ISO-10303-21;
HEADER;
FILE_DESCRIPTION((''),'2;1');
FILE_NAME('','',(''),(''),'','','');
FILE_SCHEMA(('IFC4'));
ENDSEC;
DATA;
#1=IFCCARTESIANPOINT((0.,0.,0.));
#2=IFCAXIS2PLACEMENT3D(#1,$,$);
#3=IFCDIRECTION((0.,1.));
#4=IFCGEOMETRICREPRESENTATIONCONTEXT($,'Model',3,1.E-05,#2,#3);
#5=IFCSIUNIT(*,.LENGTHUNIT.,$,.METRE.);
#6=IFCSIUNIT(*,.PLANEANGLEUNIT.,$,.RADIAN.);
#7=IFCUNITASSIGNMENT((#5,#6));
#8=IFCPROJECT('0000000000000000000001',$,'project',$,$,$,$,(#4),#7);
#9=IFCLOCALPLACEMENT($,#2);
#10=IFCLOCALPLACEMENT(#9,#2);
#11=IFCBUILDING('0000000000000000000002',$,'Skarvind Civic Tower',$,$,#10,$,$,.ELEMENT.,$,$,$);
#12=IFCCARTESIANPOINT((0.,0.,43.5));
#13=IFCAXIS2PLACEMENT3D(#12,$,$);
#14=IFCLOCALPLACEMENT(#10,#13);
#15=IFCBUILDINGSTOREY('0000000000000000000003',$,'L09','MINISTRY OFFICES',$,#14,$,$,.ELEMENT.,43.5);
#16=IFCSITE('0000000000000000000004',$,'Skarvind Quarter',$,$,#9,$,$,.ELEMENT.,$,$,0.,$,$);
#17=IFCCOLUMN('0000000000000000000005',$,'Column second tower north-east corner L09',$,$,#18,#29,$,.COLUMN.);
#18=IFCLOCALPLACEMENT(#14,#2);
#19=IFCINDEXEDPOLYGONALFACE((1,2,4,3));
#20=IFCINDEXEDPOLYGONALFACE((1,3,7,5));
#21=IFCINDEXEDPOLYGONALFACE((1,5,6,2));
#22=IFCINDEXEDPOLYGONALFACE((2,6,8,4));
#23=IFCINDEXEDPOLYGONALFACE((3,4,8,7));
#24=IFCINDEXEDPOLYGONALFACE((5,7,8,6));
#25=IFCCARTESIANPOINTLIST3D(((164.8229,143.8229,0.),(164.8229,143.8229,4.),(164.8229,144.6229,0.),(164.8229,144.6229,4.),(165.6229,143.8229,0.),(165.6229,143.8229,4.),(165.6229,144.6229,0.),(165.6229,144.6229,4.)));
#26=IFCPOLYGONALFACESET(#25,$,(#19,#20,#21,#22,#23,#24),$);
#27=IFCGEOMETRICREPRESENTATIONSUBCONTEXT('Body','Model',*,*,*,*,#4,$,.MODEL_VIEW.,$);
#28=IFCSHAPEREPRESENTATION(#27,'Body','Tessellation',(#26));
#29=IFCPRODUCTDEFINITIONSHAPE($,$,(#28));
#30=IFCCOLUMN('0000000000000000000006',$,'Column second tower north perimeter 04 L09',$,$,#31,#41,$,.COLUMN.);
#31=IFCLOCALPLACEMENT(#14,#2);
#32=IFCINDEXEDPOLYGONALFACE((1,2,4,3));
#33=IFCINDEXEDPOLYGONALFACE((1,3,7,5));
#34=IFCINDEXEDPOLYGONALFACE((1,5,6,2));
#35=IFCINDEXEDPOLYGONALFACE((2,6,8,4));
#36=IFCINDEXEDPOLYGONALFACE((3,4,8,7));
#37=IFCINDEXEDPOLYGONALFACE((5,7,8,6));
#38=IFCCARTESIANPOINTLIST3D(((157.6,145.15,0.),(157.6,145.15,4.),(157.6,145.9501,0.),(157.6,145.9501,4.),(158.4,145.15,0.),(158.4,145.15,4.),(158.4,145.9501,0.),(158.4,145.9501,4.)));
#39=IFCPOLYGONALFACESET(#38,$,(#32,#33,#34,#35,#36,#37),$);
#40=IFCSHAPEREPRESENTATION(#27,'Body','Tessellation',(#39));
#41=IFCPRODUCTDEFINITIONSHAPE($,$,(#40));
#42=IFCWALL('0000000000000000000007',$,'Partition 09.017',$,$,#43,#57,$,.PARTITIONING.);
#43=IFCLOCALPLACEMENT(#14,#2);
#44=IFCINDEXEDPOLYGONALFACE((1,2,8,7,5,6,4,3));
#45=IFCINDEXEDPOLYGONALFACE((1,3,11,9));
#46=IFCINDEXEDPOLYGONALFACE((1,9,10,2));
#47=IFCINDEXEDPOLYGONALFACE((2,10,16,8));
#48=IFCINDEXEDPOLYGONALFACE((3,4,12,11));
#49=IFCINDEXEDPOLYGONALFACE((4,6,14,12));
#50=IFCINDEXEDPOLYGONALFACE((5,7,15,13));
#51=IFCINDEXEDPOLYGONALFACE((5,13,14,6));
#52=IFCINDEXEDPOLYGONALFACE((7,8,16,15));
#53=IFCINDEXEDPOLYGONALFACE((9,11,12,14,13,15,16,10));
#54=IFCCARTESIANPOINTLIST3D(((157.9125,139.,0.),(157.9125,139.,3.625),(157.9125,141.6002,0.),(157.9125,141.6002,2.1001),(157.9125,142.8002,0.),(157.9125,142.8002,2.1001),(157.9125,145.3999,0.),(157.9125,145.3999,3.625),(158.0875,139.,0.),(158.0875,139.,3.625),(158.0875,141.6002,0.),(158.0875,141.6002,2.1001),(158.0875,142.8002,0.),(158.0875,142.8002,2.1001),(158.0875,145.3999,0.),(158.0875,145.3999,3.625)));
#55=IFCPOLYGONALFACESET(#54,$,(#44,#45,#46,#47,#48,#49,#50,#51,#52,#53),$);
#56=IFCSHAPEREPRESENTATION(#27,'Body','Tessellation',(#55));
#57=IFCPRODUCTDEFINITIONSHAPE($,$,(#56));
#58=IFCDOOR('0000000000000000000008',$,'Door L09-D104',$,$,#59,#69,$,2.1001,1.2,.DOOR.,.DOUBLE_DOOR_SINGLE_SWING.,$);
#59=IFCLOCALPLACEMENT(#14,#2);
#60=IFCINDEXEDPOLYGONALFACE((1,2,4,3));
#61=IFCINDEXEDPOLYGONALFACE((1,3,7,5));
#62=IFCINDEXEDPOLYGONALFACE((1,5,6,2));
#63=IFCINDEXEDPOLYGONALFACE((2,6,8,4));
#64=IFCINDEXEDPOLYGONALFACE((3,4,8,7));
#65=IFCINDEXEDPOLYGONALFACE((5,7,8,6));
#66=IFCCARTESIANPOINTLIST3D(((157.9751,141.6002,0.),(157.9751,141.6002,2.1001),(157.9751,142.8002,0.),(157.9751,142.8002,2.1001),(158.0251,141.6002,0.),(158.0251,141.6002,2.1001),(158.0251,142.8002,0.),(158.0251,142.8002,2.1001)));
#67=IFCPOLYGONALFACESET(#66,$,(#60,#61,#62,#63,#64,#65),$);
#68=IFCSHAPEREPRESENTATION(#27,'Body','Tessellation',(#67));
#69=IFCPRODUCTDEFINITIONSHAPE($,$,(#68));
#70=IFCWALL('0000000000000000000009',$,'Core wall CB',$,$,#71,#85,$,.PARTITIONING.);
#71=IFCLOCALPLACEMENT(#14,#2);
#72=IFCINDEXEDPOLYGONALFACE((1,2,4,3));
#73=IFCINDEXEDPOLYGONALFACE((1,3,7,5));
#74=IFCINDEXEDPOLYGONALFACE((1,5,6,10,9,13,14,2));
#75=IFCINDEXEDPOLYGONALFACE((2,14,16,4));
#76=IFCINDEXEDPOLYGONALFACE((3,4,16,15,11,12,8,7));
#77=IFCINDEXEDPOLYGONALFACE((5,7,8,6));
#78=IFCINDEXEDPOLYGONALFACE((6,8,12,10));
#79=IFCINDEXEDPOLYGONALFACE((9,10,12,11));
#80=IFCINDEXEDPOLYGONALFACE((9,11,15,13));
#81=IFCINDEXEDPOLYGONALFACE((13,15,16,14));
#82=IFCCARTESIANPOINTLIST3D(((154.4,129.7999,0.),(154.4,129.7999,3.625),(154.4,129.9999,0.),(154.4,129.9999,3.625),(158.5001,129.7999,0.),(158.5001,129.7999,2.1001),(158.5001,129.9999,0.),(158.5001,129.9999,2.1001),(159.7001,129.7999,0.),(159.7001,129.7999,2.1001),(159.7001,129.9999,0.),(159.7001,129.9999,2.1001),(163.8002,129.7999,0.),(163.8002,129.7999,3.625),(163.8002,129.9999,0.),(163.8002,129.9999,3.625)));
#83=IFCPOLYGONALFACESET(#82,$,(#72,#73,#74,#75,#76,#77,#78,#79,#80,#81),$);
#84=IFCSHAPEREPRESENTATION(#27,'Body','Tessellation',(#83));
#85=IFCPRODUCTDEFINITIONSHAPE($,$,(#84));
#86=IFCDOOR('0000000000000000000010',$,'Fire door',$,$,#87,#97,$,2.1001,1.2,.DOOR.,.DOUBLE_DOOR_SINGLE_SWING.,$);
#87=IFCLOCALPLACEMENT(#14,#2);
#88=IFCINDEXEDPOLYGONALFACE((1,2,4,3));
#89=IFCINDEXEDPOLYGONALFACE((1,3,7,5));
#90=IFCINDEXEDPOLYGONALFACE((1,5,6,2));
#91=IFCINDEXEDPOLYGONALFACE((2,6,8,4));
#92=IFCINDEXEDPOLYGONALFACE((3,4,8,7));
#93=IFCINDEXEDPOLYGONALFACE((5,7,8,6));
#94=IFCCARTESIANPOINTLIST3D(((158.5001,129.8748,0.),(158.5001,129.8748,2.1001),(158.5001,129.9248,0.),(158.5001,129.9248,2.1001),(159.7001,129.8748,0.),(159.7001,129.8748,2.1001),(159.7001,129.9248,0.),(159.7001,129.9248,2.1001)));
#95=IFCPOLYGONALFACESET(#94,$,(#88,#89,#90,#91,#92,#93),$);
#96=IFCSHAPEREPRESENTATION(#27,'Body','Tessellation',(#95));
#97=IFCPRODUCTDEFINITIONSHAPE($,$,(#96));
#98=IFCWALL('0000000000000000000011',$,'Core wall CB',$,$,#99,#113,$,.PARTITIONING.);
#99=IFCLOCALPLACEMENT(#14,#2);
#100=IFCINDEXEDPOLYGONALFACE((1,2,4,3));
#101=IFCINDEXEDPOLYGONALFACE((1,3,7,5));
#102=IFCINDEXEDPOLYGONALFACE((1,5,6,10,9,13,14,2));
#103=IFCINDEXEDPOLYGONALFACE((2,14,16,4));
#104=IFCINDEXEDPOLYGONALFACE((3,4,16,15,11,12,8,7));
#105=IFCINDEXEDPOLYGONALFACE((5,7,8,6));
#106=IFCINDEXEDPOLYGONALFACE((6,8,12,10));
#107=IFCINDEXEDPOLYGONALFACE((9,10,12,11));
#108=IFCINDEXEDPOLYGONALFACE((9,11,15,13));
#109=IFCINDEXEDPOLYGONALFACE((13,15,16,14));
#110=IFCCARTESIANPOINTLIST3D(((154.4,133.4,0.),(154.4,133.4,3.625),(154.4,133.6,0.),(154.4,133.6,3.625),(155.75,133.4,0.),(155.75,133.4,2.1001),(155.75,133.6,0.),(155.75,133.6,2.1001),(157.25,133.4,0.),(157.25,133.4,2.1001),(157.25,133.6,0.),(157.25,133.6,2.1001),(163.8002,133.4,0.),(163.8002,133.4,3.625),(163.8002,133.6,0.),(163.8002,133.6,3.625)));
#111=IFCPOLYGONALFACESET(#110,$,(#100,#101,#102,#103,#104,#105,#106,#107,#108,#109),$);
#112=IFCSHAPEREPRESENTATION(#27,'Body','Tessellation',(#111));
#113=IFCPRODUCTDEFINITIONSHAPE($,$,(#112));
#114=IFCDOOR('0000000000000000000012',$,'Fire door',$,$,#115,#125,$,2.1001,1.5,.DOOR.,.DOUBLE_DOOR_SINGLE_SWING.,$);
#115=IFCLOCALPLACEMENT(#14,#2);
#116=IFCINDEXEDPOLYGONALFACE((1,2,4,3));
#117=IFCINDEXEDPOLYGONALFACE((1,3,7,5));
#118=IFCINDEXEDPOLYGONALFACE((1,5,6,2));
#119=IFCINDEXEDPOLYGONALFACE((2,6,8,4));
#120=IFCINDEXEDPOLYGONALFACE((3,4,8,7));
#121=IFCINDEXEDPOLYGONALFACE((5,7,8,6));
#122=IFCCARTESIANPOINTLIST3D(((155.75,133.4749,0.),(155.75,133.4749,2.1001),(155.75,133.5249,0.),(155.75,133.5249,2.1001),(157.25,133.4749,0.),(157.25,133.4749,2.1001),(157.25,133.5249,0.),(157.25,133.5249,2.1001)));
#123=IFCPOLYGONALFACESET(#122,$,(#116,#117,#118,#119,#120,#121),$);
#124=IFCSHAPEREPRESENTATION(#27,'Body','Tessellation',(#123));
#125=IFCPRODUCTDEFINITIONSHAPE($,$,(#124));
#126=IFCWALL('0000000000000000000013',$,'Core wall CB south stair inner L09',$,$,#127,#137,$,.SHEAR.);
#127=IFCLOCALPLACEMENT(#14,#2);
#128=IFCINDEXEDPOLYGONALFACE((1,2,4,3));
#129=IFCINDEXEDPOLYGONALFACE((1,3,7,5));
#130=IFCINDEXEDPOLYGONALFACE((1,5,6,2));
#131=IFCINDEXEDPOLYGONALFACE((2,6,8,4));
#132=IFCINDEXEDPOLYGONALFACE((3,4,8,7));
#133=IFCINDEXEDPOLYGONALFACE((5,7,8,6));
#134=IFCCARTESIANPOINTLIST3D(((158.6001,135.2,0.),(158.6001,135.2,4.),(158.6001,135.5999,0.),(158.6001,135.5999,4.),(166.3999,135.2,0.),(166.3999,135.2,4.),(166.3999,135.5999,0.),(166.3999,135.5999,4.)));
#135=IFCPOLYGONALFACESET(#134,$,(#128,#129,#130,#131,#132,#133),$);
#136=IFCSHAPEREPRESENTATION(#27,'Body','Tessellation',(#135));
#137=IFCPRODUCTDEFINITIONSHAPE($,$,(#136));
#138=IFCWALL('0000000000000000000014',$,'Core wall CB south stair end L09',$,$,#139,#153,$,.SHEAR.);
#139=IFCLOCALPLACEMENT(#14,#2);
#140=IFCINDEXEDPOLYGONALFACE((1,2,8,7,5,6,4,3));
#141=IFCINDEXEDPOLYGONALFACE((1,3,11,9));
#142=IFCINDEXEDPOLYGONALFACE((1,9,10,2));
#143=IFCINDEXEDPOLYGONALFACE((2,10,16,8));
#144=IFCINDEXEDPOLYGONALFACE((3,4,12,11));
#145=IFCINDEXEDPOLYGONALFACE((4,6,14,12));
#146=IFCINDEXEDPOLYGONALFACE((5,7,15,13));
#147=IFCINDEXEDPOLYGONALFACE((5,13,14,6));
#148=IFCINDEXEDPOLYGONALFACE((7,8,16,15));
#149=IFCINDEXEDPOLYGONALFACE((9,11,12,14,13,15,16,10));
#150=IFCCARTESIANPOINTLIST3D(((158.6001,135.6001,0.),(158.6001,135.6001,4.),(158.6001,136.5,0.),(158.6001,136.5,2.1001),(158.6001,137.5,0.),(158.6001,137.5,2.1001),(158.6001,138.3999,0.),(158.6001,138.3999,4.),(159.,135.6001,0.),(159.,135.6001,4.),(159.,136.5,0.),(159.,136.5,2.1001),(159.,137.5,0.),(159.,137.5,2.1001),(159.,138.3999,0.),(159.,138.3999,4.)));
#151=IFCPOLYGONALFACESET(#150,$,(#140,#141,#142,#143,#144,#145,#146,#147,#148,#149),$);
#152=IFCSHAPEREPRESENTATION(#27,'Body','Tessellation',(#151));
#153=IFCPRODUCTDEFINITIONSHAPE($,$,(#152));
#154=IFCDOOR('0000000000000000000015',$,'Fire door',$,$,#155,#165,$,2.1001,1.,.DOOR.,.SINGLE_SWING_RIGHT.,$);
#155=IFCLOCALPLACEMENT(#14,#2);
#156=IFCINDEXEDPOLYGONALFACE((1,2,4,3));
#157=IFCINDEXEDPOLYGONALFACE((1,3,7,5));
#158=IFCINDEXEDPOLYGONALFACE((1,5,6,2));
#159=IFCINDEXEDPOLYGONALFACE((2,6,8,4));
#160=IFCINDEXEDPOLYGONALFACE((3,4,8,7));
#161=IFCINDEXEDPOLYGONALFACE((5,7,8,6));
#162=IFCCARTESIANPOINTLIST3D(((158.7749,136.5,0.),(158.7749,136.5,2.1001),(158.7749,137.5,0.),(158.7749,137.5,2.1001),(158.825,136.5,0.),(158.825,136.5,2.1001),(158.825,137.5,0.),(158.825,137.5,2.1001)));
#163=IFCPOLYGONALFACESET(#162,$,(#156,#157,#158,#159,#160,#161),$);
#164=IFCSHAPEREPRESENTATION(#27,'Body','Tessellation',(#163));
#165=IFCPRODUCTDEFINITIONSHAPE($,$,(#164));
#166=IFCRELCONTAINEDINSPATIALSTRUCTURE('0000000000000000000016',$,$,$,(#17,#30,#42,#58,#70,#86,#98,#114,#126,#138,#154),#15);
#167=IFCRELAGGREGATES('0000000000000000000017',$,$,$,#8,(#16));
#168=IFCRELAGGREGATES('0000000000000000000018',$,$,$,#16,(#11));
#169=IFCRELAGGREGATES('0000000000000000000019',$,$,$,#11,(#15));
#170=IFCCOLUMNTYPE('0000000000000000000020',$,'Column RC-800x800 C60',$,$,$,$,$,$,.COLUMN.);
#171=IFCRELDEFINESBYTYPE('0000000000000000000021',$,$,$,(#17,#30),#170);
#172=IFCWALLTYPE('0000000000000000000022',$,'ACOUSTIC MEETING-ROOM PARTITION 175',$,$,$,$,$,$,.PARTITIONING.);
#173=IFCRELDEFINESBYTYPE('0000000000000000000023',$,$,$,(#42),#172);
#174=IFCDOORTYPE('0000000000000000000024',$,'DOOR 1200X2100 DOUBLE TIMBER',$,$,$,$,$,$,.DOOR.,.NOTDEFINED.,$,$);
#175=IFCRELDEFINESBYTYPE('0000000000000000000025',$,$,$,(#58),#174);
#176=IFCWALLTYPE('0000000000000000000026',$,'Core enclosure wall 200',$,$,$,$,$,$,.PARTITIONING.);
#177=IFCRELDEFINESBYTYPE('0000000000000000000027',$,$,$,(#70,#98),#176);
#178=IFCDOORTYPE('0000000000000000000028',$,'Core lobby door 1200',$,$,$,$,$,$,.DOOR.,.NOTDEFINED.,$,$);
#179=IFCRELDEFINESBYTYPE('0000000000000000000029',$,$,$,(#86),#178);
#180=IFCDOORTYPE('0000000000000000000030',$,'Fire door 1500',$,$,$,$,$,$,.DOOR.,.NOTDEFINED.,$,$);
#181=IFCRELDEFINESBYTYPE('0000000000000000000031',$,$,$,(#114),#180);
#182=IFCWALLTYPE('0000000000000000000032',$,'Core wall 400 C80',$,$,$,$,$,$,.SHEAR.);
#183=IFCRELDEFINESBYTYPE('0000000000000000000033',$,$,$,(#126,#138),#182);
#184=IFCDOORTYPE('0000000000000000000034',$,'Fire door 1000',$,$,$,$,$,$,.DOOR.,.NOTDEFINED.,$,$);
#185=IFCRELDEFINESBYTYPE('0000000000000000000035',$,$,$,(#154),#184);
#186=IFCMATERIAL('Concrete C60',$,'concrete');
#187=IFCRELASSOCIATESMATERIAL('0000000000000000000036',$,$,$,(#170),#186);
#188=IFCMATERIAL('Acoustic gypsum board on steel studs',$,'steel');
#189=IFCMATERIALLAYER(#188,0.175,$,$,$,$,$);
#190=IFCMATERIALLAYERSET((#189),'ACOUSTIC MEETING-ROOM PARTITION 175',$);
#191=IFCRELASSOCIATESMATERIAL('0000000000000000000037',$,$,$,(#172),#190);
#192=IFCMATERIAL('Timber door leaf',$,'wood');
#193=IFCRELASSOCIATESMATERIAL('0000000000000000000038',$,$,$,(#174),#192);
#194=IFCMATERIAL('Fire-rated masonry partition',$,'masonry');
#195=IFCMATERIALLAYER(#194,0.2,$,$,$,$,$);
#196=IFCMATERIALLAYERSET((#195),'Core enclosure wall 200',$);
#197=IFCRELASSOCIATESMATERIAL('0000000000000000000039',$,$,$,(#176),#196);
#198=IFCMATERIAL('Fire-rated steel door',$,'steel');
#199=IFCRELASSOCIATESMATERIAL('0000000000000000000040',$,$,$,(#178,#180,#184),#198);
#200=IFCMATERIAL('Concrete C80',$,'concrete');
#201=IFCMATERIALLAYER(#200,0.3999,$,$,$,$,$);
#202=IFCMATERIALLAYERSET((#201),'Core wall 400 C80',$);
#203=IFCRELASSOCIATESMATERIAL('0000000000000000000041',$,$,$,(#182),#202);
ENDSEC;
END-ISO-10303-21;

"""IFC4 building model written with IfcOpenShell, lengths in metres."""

from ifc_helpers import new_model, si_unit, direction, frame, frame_2d, origin, origin_2d, place, context, subcontext, project, spatial, rectangle, extrude, material, layer, layer_set, material_profile, profile_set, type_object, element, fill, save


model = new_model("IFC4")

# Units and contexts
model_context = context("Model", 3, precision=1e-05, world=origin(), true_north=direction((0.0, 1.0)))
body_context = subcontext(model_context, "Body", "Model", "MODEL_VIEW")
ifc_project = project(units=[si_unit("LENGTHUNIT", "METRE"), si_unit("PLANEANGLEUNIT", "RADIAN")], contexts=[model_context])

# Site, building, storey
site_placement = place(None, origin())
site = spatial("IfcSite", under=ifc_project, at=site_placement, Name="Skarvind Quarter", CompositionType="ELEMENT", RefElevation=0.0)
building_placement = place(site_placement, origin())
building = spatial("IfcBuilding", under=site, at=building_placement, Name="Skarvind Civic Tower", CompositionType="ELEMENT")
storey_placement = place(building_placement, frame((0.0, 0.0, 43.5)))
storey = spatial("IfcBuildingStorey", under=building, at=storey_placement, Name="L09", Description="MINISTRY OFFICES", CompositionType="ELEMENT", Elevation=43.5)

# Columns
ifc_material_1 = material(Name="Concrete C60", Category="concrete")
ifc_material_profile = material_profile(ifc_material_1, rectangle(XDim=0.8, YDim=0.8, at=origin_2d()), Name="RC-800x800")
ifc_profile_set = profile_set([ifc_material_profile], Name="Concrete C60")
column_type = type_object("IfcColumnType", Name="Column RC-800x800 C60", PredefinedType="COLUMN", material=ifc_profile_set)
for number, where, z_axis, x_axis, name in (
    (1, (165.2229, 144.2229, 0.0), (0.0, 0.0, 1.0), (1.0, 0.0, 0.0), "Column second tower north-east corner L09"),
    (2, (158.0, 145.55, 0.0), (0.0, 0.0, 1.0), (1.0, 0.0, 0.0), "Column second tower north perimeter 04 L09"),
):
    element("IfcColumn", number, at=place(storey_placement, frame(where, z_axis=z_axis, x_axis=x_axis)), inside=storey, type_object=column_type, Name=name, PredefinedType="COLUMN", context=body_context, shape_type="SweptSolid", body=[
        extrude(rectangle(XDim=0.8, YDim=0.8, at=origin_2d()), origin(), (0.0, 0.0, 1.0), 4.0),
    ])

# Walls, openings, doors
ifc_material_2 = material(Name="Acoustic gypsum board on steel studs", Category="steel")
ifc_layer_1 = layer(ifc_material_2, 0.175)
ifc_layer_set_1 = layer_set([ifc_layer_1], Name="ACOUSTIC MEETING-ROOM PARTITION 175")
wall_type_1 = type_object("IfcWallType", Name="ACOUSTIC MEETING-ROOM PARTITION 175", PredefinedType="PARTITIONING", material=ifc_layer_set_1)
wall_1_placement = place(storey_placement, frame((158.0, 139.0, 0.0), z_axis=(0.0, 0.0, 1.0), x_axis=(0.0, 1.0, 0.0)))
wall_1 = element("IfcWall", 3, at=wall_1_placement, inside=storey, type_object=wall_type_1, Name="Partition 09.017", PredefinedType="PARTITIONING", context=body_context, shape_type="SweptSolid", body=[
    extrude(rectangle(XDim=6.3999, YDim=0.175, at=frame_2d((3.2, 0.0))), origin(), (0.0, 0.0, 1.0), 3.625),
])
opening_1_placement = place(wall_1_placement, frame((2.6001, 0.0, 0.0)))
opening_1 = element("IfcOpeningElement", 4, at=opening_1_placement, cuts=wall_1, PredefinedType="OPENING", context=body_context, shape_type="SweptSolid", body=[
    extrude(rectangle(XDim=1.2, YDim=2.1001, at=frame_2d((0.6001, 1.05))), frame((0.0, 0.0974, 0.0), z_axis=(0.0, -1.0, 0.0), x_axis=(1.0, 0.0, 0.0)), (0.0, 0.0, 1.0), 0.1951),
])
ifc_material_3 = material(Name="Timber door leaf", Category="wood")
door_type_1 = type_object("IfcDoorType", Name="DOOR 1200X2100 DOUBLE TIMBER", OperationType="NOTDEFINED", PredefinedType="DOOR", material=ifc_material_3)
door_1_placement = place(opening_1_placement, origin())
door_1 = element("IfcDoor", 5, at=door_1_placement, inside=storey, type_object=door_type_1, Name="Door L09-D104", OperationType="DOUBLE_DOOR_SINGLE_SWING", OverallHeight=2.1001, OverallWidth=1.2, PredefinedType="DOOR", context=body_context, shape_type="SweptSolid", body=[
    extrude(rectangle(XDim=1.2, YDim=2.1001, at=frame_2d((0.6001, 1.05))), frame((0.0, 0.0249, 0.0), z_axis=(0.0, -1.0, 0.0), x_axis=(1.0, 0.0, 0.0)), (0.0, 0.0, 1.0), 0.05),
])
fill(opening_1, door_1)
ifc_material_4 = material(Name="Fire-rated masonry partition", Category="masonry")
ifc_layer_2 = layer(ifc_material_4, 0.2)
ifc_layer_set_2 = layer_set([ifc_layer_2], Name="Core enclosure wall 200")
wall_type_2 = type_object("IfcWallType", Name="Core enclosure wall 200", PredefinedType="PARTITIONING", material=ifc_layer_set_2)
wall_2_placement = place(storey_placement, frame((154.3999, 129.8999, 0.0), z_axis=(0.0, 0.0, 1.0), x_axis=(1.0, 0.0, 0.0)))
wall_2 = element("IfcWall", 6, at=wall_2_placement, inside=storey, type_object=wall_type_2, Name="Core wall CB", PredefinedType="PARTITIONING", context=body_context, shape_type="SweptSolid", body=[
    extrude(rectangle(XDim=9.4001, YDim=0.2, at=frame_2d((4.7002, 0.0))), origin(), (0.0, 0.0, 1.0), 3.625),
])
opening_2_placement = place(wall_2_placement, frame((4.1001, 0.0, 0.0)))
opening_2 = element("IfcOpeningElement", 7, at=opening_2_placement, cuts=wall_2, PredefinedType="OPENING", context=body_context, shape_type="SweptSolid", body=[
    extrude(rectangle(XDim=1.2, YDim=2.1001, at=frame_2d((0.6001, 1.05))), frame((0.0, 0.1099, 0.0), z_axis=(0.0, -1.0, 0.0), x_axis=(1.0, 0.0, 0.0)), (0.0, 0.0, 1.0), 0.22),
])
ifc_material_5 = material(Name="Fire-rated steel door", Category="steel")
door_type_2 = type_object("IfcDoorType", Name="Core lobby door 1200", OperationType="NOTDEFINED", PredefinedType="DOOR", material=ifc_material_5)
door_2_placement = place(opening_2_placement, origin())
door_2 = element("IfcDoor", 8, at=door_2_placement, inside=storey, type_object=door_type_2, Name="Fire door", OperationType="DOUBLE_DOOR_SINGLE_SWING", OverallHeight=2.1001, OverallWidth=1.2, PredefinedType="DOOR", context=body_context, shape_type="SweptSolid", body=[
    extrude(rectangle(XDim=1.2, YDim=2.1001, at=frame_2d((0.6001, 1.05))), frame((0.0, 0.0249, 0.0), z_axis=(0.0, -1.0, 0.0), x_axis=(1.0, 0.0, 0.0)), (0.0, 0.0, 1.0), 0.05),
])
fill(opening_2, door_2)
wall_3_placement = place(storey_placement, frame((154.3999, 133.5, 0.0), z_axis=(0.0, 0.0, 1.0), x_axis=(1.0, 0.0, 0.0)))
wall_3 = element("IfcWall", 9, at=wall_3_placement, inside=storey, type_object=wall_type_2, Name="Core wall CB", PredefinedType="PARTITIONING", context=body_context, shape_type="SweptSolid", body=[
    extrude(rectangle(XDim=9.4001, YDim=0.2, at=frame_2d((4.7002, 0.0))), origin(), (0.0, 0.0, 1.0), 3.625),
])
opening_3_placement = place(wall_3_placement, frame((1.3501, 0.0, 0.0)))
opening_3 = element("IfcOpeningElement", 10, at=opening_3_placement, cuts=wall_3, PredefinedType="OPENING", context=body_context, shape_type="SweptSolid", body=[
    extrude(rectangle(XDim=1.5, YDim=2.1001, at=frame_2d((0.75, 1.05))), frame((0.0, 0.1099, 0.0), z_axis=(0.0, -1.0, 0.0), x_axis=(1.0, 0.0, 0.0)), (0.0, 0.0, 1.0), 0.22),
])
door_type_3 = type_object("IfcDoorType", Name="Fire door 1500", OperationType="NOTDEFINED", PredefinedType="DOOR", material=ifc_material_5)
door_3_placement = place(opening_3_placement, origin())
door_3 = element("IfcDoor", 11, at=door_3_placement, inside=storey, type_object=door_type_3, Name="Fire door", OperationType="DOUBLE_DOOR_SINGLE_SWING", OverallHeight=2.1001, OverallWidth=1.5, PredefinedType="DOOR", context=body_context, shape_type="SweptSolid", body=[
    extrude(rectangle(XDim=1.5, YDim=2.1001, at=frame_2d((0.75, 1.05))), frame((0.0, 0.0249, 0.0), z_axis=(0.0, -1.0, 0.0), x_axis=(1.0, 0.0, 0.0)), (0.0, 0.0, 1.0), 0.05),
])
fill(opening_3, door_3)

# Wall
ifc_material_6 = material(Name="Concrete C80", Category="concrete")
ifc_layer_3 = layer(ifc_material_6, 0.3999)
ifc_layer_set_3 = layer_set([ifc_layer_3], Name="Core wall 400 C80")
wall_type_3 = type_object("IfcWallType", Name="Core wall 400 C80", PredefinedType="SHEAR", material=ifc_layer_set_3)
wall_4_placement = place(storey_placement, frame((166.3999, 135.3999, 0.0), z_axis=(0.0, 0.0, 1.0), x_axis=(-1.0, 0.0, 0.0)))
element("IfcWall", 12, at=wall_4_placement, inside=storey, type_object=wall_type_3, Name="Core wall CB south stair inner L09", PredefinedType="SHEAR", context=body_context, shape_type="SweptSolid", body=[
    extrude(rectangle(XDim=7.7998, YDim=0.3999, at=frame_2d((3.8999, 0.0))), origin(), (0.0, 0.0, 1.0), 4.0),
])

# Wall, opening, door
wall_5_placement = place(storey_placement, frame((158.8, 138.3999, 0.0), z_axis=(0.0, 0.0, 1.0), x_axis=(0.0, -1.0, 0.0)))
wall_5 = element("IfcWall", 13, at=wall_5_placement, inside=storey, type_object=wall_type_3, Name="Core wall CB south stair end L09", PredefinedType="SHEAR", context=body_context, shape_type="SweptSolid", body=[
    extrude(rectangle(XDim=2.7998, YDim=0.3999, at=frame_2d((1.3999, 0.0))), origin(), (0.0, 0.0, 1.0), 4.0),
])
opening_4_placement = place(wall_5_placement, frame((0.8999, 0.0, 0.0)))
opening_4 = element("IfcOpeningElement", 14, at=opening_4_placement, cuts=wall_5, PredefinedType="OPENING", context=body_context, shape_type="SweptSolid", body=[
    extrude(rectangle(XDim=1.0, YDim=2.1001, at=frame_2d((0.5, 1.05))), frame((0.0, 0.21, 0.0), z_axis=(0.0, -1.0, 0.0), x_axis=(1.0, 0.0, 0.0)), (0.0, 0.0, 1.0), 0.4199),
])
door_type_4 = type_object("IfcDoorType", Name="Fire door 1000", OperationType="NOTDEFINED", PredefinedType="DOOR", material=ifc_material_5)
door_4_placement = place(opening_4_placement, origin())
door_4 = element("IfcDoor", 15, at=door_4_placement, inside=storey, type_object=door_type_4, Name="Fire door", OperationType="SINGLE_SWING_RIGHT", OverallHeight=2.1001, OverallWidth=1.0, PredefinedType="DOOR", context=body_context, shape_type="SweptSolid", body=[
    extrude(rectangle(XDim=1.0, YDim=2.1001, at=frame_2d((0.5, 1.05))), frame((0.0, 0.0249, 0.0), z_axis=(0.0, -1.0, 0.0), x_axis=(1.0, 0.0, 0.0)), (0.0, 0.0, 1.0), 0.05),
])
fill(opening_4, door_4)

save(model, "model.ifc")
